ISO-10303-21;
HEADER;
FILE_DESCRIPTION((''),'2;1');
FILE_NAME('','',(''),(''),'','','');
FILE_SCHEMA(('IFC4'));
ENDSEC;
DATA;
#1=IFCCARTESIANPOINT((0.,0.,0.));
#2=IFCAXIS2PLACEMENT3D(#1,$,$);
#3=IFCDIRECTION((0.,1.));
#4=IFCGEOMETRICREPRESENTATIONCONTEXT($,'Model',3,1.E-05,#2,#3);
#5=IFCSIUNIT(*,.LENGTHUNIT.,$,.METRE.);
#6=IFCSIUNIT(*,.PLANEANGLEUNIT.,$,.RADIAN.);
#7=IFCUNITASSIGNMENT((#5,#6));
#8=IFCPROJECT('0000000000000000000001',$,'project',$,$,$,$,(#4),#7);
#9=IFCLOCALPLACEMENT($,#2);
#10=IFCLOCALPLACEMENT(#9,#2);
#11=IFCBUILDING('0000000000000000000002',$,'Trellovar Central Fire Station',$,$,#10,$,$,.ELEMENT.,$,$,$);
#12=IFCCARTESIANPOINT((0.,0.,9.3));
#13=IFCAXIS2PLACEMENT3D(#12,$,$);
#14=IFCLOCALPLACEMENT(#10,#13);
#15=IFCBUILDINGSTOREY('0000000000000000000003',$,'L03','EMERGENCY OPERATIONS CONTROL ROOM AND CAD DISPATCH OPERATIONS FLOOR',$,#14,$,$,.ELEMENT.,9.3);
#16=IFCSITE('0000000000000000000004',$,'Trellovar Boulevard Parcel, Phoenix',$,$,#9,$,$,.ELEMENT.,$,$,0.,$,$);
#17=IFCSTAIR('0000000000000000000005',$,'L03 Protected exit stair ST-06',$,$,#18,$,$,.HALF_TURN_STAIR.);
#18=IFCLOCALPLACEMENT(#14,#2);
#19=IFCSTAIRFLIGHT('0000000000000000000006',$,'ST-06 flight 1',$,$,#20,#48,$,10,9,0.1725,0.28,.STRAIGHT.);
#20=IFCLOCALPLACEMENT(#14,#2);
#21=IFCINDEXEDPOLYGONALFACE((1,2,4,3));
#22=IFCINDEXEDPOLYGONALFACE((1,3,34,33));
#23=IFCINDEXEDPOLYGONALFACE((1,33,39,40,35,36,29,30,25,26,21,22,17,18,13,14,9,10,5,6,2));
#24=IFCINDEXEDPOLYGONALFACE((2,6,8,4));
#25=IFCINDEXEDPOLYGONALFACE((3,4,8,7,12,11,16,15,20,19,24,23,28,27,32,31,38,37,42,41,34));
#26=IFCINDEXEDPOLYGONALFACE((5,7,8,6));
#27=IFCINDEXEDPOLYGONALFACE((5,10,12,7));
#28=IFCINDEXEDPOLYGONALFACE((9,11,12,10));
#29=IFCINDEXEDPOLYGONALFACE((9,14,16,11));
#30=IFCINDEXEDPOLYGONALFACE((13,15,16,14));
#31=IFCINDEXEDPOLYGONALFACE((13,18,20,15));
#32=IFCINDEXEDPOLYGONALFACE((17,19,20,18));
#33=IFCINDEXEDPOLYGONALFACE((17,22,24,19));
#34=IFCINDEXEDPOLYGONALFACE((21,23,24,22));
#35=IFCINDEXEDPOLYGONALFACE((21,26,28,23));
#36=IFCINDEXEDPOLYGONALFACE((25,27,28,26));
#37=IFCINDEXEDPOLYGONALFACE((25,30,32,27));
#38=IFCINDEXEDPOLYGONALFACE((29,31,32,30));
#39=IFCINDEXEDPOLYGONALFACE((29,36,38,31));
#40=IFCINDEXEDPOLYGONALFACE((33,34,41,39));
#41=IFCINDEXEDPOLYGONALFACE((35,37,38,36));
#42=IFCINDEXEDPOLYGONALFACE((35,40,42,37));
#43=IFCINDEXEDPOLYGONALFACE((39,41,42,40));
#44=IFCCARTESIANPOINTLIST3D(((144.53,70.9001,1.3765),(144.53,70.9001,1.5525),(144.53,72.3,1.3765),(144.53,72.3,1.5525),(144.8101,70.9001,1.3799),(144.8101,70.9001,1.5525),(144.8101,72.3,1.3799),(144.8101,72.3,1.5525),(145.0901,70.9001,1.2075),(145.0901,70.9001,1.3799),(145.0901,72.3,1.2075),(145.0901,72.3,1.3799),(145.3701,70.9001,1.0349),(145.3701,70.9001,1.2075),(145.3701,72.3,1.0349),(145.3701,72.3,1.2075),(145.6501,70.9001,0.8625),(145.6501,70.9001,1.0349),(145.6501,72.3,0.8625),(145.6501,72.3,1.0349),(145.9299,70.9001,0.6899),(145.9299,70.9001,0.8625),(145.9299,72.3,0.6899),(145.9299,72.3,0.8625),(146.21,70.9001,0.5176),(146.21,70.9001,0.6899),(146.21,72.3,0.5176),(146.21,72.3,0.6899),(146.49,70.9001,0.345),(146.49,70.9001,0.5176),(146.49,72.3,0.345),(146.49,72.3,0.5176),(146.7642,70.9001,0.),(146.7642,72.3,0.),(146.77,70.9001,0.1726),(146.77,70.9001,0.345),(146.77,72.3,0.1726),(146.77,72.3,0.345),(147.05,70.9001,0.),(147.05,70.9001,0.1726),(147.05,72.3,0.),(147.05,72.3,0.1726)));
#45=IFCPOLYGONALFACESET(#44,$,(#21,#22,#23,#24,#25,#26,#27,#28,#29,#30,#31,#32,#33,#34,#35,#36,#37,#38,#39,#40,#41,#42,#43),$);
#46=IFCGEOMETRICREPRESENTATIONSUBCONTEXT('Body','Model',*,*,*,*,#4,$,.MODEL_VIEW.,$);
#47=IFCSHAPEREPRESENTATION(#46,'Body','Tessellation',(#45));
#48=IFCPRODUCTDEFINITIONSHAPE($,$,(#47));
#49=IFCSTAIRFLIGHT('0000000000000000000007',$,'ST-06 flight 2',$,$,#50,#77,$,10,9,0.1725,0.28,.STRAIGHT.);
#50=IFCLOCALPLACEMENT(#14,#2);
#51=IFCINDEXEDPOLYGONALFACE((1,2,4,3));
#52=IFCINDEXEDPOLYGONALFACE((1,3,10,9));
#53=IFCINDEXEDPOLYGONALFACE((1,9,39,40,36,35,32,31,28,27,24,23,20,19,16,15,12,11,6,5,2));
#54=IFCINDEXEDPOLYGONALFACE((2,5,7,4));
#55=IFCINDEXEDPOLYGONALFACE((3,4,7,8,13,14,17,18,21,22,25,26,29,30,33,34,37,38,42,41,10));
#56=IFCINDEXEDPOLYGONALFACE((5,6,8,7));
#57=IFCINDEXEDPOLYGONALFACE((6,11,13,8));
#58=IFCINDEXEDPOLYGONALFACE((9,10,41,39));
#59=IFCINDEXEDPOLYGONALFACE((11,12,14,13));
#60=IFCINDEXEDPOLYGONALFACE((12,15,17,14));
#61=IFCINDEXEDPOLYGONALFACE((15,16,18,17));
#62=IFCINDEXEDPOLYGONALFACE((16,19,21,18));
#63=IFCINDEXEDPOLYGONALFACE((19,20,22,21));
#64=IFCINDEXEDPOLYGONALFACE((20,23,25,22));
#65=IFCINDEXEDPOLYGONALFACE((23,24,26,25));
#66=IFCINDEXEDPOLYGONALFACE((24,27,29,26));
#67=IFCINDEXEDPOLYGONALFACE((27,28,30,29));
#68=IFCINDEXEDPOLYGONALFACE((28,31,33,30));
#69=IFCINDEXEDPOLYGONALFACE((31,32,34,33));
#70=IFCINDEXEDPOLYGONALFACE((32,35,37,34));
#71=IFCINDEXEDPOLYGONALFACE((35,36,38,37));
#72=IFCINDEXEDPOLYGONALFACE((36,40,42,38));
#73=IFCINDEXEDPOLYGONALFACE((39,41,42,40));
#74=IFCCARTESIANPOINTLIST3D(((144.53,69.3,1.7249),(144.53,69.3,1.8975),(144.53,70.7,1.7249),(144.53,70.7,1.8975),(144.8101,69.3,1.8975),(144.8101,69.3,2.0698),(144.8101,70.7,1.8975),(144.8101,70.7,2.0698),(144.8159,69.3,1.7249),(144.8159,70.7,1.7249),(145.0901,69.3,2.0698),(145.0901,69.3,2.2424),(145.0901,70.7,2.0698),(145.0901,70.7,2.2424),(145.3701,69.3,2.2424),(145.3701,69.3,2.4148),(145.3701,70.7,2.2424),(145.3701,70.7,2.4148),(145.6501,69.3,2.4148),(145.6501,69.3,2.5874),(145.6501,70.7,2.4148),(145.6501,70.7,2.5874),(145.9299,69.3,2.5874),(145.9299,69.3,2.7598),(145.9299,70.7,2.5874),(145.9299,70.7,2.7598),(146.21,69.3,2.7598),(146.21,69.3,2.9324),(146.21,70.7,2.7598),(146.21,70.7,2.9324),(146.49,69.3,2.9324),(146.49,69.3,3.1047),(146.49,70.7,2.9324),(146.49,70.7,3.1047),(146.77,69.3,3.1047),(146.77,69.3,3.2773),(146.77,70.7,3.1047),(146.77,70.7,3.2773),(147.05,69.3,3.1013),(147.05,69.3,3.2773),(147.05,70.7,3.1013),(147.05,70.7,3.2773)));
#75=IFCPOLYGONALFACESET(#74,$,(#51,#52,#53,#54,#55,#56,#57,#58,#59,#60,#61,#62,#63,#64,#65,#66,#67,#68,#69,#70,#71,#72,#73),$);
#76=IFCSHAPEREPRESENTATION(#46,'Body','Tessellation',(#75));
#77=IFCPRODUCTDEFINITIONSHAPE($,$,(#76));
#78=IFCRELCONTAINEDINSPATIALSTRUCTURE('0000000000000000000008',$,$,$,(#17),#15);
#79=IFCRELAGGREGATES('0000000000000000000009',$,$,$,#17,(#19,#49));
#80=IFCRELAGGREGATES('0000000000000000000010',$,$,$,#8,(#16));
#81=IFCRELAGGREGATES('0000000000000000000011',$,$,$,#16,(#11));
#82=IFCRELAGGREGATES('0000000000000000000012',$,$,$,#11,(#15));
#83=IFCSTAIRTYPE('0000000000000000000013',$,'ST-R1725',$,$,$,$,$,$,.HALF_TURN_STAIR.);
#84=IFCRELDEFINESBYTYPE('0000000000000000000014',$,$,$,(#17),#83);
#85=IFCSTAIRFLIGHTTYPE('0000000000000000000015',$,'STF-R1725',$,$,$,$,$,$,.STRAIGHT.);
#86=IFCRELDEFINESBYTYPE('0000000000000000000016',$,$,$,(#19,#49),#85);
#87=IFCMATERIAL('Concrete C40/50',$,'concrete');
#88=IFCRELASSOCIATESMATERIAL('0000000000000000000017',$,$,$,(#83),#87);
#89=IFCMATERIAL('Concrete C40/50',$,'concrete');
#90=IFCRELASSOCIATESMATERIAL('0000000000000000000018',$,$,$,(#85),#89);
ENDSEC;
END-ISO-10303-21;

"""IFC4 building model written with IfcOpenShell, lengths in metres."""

from ifc_helpers import new_model, si_unit, direction, frame, origin, place, context, subcontext, project, spatial, polyline, outline, extrude, material, type_object, element, aggregate, save


model = new_model("IFC4")

# Units and contexts
model_context = context("Model", 3, precision=1e-05, world=origin(), true_north=direction((0.0, 1.0)))
body_context = subcontext(model_context, "Body", "Model", "MODEL_VIEW")
ifc_project = project(units=[si_unit("LENGTHUNIT", "METRE"), si_unit("PLANEANGLEUNIT", "RADIAN")], contexts=[model_context])

# Site, building, storey
site_placement = place(None, origin())
site = spatial("IfcSite", under=ifc_project, at=site_placement, Name="Trellovar Boulevard Parcel, Phoenix", CompositionType="ELEMENT", RefElevation=0.0)
building_placement = place(site_placement, origin())
building = spatial("IfcBuilding", under=site, at=building_placement, Name="Trellovar Central Fire Station", CompositionType="ELEMENT")
storey_placement = place(building_placement, frame((0.0, 0.0, 9.3)))
storey = spatial("IfcBuildingStorey", under=building, at=storey_placement, Name="L03", Description="EMERGENCY OPERATIONS CONTROL ROOM AND CAD DISPATCH OPERATIONS FLOOR", CompositionType="ELEMENT", Elevation=9.3)

# Stair, stair flights
ifc_material_1 = material(Name="Concrete C40/50", Category="concrete")
stair_type = type_object("IfcStairType", Name="ST-R1725", PredefinedType="HALF_TURN_STAIR", material=ifc_material_1)
stair_placement = place(storey_placement, origin())
stair = element("IfcStair", 1, at=stair_placement, inside=storey, type_object=stair_type, Name="L03 Protected exit stair ST-06", PredefinedType="HALF_TURN_STAIR")
ifc_material_2 = material(Name="Concrete C40/50", Category="concrete")
stair_flight_type = type_object("IfcStairFlightType", Name="STF-R1725", PredefinedType="STRAIGHT", material=ifc_material_2)
stair_flight_1_placement = place(storey_placement, frame((147.05, 71.6001, 0.0), z_axis=(0.0, 0.0, 1.0), x_axis=(-1.0, 0.0, 0.0)))
stair_flight_1 = element("IfcStairFlight", 2, at=stair_flight_1_placement, type_object=stair_flight_type, Name="ST-06 flight 1", NumberOfRisers=10, NumberOfTreads=9, PredefinedType="STRAIGHT", RiserHeight=0.1725, TreadLength=0.28, context=body_context, shape_type="SweptSolid", body=[
    extrude(outline(polyline([(0.0, 0.0), (0.0, 0.1726), (0.28, 0.1726), (0.28, 0.345), (0.5601, 0.345), (0.5601, 0.5176), (0.8401, 0.5176), (0.8401, 0.6899), (1.1201, 0.6899), (1.1201, 0.8625), (1.3999, 0.8625), (1.3999, 1.0349), (1.6799, 1.0349), (1.6799, 1.2075), (1.96, 1.2075), (1.96, 1.3799), (2.24, 1.3799), (2.24, 1.5525), (2.52, 1.5525), (2.52, 1.7251), (2.52, 1.3765), (0.2859, 0.0), (0.0, 0.0)])), frame((0.0, 0.7, 0.0), z_axis=(0.0, -1.0, 0.0), x_axis=(1.0, 0.0, 0.0)), (0.0, 0.0, 1.0), 1.3999),
])
stair_flight_2_placement = place(storey_placement, frame((144.53, 70.0, 1.7249), z_axis=(0.0, 0.0, 1.0), x_axis=(1.0, 0.0, 0.0)))
stair_flight_2 = element("IfcStairFlight", 3, at=stair_flight_2_placement, type_object=stair_flight_type, Name="ST-06 flight 2", NumberOfRisers=10, NumberOfTreads=9, PredefinedType="STRAIGHT", RiserHeight=0.1725, TreadLength=0.28, context=body_context, shape_type="SweptSolid", body=[
    extrude(outline(polyline([(0.0, 0.0), (0.0, 0.1726), (0.28, 0.1726), (0.28, 0.345), (0.5601, 0.345), (0.5601, 0.5176), (0.8401, 0.5176), (0.8401, 0.6899), (1.1201, 0.6899), (1.1201, 0.8625), (1.3999, 0.8625), (1.3999, 1.0349), (1.6799, 1.0349), (1.6799, 1.2075), (1.96, 1.2075), (1.96, 1.3799), (2.24, 1.3799), (2.24, 1.5525), (2.52, 1.5525), (2.52, 1.7251), (2.52, 1.3765), (0.2859, 0.0), (0.0, 0.0)])), frame((0.0, 0.7, 0.0), z_axis=(0.0, -1.0, 0.0), x_axis=(1.0, 0.0, 0.0)), (0.0, 0.0, 1.0), 1.3999),
])
aggregate(stair, [stair_flight_1, stair_flight_2])

save(model, "model.ifc")
